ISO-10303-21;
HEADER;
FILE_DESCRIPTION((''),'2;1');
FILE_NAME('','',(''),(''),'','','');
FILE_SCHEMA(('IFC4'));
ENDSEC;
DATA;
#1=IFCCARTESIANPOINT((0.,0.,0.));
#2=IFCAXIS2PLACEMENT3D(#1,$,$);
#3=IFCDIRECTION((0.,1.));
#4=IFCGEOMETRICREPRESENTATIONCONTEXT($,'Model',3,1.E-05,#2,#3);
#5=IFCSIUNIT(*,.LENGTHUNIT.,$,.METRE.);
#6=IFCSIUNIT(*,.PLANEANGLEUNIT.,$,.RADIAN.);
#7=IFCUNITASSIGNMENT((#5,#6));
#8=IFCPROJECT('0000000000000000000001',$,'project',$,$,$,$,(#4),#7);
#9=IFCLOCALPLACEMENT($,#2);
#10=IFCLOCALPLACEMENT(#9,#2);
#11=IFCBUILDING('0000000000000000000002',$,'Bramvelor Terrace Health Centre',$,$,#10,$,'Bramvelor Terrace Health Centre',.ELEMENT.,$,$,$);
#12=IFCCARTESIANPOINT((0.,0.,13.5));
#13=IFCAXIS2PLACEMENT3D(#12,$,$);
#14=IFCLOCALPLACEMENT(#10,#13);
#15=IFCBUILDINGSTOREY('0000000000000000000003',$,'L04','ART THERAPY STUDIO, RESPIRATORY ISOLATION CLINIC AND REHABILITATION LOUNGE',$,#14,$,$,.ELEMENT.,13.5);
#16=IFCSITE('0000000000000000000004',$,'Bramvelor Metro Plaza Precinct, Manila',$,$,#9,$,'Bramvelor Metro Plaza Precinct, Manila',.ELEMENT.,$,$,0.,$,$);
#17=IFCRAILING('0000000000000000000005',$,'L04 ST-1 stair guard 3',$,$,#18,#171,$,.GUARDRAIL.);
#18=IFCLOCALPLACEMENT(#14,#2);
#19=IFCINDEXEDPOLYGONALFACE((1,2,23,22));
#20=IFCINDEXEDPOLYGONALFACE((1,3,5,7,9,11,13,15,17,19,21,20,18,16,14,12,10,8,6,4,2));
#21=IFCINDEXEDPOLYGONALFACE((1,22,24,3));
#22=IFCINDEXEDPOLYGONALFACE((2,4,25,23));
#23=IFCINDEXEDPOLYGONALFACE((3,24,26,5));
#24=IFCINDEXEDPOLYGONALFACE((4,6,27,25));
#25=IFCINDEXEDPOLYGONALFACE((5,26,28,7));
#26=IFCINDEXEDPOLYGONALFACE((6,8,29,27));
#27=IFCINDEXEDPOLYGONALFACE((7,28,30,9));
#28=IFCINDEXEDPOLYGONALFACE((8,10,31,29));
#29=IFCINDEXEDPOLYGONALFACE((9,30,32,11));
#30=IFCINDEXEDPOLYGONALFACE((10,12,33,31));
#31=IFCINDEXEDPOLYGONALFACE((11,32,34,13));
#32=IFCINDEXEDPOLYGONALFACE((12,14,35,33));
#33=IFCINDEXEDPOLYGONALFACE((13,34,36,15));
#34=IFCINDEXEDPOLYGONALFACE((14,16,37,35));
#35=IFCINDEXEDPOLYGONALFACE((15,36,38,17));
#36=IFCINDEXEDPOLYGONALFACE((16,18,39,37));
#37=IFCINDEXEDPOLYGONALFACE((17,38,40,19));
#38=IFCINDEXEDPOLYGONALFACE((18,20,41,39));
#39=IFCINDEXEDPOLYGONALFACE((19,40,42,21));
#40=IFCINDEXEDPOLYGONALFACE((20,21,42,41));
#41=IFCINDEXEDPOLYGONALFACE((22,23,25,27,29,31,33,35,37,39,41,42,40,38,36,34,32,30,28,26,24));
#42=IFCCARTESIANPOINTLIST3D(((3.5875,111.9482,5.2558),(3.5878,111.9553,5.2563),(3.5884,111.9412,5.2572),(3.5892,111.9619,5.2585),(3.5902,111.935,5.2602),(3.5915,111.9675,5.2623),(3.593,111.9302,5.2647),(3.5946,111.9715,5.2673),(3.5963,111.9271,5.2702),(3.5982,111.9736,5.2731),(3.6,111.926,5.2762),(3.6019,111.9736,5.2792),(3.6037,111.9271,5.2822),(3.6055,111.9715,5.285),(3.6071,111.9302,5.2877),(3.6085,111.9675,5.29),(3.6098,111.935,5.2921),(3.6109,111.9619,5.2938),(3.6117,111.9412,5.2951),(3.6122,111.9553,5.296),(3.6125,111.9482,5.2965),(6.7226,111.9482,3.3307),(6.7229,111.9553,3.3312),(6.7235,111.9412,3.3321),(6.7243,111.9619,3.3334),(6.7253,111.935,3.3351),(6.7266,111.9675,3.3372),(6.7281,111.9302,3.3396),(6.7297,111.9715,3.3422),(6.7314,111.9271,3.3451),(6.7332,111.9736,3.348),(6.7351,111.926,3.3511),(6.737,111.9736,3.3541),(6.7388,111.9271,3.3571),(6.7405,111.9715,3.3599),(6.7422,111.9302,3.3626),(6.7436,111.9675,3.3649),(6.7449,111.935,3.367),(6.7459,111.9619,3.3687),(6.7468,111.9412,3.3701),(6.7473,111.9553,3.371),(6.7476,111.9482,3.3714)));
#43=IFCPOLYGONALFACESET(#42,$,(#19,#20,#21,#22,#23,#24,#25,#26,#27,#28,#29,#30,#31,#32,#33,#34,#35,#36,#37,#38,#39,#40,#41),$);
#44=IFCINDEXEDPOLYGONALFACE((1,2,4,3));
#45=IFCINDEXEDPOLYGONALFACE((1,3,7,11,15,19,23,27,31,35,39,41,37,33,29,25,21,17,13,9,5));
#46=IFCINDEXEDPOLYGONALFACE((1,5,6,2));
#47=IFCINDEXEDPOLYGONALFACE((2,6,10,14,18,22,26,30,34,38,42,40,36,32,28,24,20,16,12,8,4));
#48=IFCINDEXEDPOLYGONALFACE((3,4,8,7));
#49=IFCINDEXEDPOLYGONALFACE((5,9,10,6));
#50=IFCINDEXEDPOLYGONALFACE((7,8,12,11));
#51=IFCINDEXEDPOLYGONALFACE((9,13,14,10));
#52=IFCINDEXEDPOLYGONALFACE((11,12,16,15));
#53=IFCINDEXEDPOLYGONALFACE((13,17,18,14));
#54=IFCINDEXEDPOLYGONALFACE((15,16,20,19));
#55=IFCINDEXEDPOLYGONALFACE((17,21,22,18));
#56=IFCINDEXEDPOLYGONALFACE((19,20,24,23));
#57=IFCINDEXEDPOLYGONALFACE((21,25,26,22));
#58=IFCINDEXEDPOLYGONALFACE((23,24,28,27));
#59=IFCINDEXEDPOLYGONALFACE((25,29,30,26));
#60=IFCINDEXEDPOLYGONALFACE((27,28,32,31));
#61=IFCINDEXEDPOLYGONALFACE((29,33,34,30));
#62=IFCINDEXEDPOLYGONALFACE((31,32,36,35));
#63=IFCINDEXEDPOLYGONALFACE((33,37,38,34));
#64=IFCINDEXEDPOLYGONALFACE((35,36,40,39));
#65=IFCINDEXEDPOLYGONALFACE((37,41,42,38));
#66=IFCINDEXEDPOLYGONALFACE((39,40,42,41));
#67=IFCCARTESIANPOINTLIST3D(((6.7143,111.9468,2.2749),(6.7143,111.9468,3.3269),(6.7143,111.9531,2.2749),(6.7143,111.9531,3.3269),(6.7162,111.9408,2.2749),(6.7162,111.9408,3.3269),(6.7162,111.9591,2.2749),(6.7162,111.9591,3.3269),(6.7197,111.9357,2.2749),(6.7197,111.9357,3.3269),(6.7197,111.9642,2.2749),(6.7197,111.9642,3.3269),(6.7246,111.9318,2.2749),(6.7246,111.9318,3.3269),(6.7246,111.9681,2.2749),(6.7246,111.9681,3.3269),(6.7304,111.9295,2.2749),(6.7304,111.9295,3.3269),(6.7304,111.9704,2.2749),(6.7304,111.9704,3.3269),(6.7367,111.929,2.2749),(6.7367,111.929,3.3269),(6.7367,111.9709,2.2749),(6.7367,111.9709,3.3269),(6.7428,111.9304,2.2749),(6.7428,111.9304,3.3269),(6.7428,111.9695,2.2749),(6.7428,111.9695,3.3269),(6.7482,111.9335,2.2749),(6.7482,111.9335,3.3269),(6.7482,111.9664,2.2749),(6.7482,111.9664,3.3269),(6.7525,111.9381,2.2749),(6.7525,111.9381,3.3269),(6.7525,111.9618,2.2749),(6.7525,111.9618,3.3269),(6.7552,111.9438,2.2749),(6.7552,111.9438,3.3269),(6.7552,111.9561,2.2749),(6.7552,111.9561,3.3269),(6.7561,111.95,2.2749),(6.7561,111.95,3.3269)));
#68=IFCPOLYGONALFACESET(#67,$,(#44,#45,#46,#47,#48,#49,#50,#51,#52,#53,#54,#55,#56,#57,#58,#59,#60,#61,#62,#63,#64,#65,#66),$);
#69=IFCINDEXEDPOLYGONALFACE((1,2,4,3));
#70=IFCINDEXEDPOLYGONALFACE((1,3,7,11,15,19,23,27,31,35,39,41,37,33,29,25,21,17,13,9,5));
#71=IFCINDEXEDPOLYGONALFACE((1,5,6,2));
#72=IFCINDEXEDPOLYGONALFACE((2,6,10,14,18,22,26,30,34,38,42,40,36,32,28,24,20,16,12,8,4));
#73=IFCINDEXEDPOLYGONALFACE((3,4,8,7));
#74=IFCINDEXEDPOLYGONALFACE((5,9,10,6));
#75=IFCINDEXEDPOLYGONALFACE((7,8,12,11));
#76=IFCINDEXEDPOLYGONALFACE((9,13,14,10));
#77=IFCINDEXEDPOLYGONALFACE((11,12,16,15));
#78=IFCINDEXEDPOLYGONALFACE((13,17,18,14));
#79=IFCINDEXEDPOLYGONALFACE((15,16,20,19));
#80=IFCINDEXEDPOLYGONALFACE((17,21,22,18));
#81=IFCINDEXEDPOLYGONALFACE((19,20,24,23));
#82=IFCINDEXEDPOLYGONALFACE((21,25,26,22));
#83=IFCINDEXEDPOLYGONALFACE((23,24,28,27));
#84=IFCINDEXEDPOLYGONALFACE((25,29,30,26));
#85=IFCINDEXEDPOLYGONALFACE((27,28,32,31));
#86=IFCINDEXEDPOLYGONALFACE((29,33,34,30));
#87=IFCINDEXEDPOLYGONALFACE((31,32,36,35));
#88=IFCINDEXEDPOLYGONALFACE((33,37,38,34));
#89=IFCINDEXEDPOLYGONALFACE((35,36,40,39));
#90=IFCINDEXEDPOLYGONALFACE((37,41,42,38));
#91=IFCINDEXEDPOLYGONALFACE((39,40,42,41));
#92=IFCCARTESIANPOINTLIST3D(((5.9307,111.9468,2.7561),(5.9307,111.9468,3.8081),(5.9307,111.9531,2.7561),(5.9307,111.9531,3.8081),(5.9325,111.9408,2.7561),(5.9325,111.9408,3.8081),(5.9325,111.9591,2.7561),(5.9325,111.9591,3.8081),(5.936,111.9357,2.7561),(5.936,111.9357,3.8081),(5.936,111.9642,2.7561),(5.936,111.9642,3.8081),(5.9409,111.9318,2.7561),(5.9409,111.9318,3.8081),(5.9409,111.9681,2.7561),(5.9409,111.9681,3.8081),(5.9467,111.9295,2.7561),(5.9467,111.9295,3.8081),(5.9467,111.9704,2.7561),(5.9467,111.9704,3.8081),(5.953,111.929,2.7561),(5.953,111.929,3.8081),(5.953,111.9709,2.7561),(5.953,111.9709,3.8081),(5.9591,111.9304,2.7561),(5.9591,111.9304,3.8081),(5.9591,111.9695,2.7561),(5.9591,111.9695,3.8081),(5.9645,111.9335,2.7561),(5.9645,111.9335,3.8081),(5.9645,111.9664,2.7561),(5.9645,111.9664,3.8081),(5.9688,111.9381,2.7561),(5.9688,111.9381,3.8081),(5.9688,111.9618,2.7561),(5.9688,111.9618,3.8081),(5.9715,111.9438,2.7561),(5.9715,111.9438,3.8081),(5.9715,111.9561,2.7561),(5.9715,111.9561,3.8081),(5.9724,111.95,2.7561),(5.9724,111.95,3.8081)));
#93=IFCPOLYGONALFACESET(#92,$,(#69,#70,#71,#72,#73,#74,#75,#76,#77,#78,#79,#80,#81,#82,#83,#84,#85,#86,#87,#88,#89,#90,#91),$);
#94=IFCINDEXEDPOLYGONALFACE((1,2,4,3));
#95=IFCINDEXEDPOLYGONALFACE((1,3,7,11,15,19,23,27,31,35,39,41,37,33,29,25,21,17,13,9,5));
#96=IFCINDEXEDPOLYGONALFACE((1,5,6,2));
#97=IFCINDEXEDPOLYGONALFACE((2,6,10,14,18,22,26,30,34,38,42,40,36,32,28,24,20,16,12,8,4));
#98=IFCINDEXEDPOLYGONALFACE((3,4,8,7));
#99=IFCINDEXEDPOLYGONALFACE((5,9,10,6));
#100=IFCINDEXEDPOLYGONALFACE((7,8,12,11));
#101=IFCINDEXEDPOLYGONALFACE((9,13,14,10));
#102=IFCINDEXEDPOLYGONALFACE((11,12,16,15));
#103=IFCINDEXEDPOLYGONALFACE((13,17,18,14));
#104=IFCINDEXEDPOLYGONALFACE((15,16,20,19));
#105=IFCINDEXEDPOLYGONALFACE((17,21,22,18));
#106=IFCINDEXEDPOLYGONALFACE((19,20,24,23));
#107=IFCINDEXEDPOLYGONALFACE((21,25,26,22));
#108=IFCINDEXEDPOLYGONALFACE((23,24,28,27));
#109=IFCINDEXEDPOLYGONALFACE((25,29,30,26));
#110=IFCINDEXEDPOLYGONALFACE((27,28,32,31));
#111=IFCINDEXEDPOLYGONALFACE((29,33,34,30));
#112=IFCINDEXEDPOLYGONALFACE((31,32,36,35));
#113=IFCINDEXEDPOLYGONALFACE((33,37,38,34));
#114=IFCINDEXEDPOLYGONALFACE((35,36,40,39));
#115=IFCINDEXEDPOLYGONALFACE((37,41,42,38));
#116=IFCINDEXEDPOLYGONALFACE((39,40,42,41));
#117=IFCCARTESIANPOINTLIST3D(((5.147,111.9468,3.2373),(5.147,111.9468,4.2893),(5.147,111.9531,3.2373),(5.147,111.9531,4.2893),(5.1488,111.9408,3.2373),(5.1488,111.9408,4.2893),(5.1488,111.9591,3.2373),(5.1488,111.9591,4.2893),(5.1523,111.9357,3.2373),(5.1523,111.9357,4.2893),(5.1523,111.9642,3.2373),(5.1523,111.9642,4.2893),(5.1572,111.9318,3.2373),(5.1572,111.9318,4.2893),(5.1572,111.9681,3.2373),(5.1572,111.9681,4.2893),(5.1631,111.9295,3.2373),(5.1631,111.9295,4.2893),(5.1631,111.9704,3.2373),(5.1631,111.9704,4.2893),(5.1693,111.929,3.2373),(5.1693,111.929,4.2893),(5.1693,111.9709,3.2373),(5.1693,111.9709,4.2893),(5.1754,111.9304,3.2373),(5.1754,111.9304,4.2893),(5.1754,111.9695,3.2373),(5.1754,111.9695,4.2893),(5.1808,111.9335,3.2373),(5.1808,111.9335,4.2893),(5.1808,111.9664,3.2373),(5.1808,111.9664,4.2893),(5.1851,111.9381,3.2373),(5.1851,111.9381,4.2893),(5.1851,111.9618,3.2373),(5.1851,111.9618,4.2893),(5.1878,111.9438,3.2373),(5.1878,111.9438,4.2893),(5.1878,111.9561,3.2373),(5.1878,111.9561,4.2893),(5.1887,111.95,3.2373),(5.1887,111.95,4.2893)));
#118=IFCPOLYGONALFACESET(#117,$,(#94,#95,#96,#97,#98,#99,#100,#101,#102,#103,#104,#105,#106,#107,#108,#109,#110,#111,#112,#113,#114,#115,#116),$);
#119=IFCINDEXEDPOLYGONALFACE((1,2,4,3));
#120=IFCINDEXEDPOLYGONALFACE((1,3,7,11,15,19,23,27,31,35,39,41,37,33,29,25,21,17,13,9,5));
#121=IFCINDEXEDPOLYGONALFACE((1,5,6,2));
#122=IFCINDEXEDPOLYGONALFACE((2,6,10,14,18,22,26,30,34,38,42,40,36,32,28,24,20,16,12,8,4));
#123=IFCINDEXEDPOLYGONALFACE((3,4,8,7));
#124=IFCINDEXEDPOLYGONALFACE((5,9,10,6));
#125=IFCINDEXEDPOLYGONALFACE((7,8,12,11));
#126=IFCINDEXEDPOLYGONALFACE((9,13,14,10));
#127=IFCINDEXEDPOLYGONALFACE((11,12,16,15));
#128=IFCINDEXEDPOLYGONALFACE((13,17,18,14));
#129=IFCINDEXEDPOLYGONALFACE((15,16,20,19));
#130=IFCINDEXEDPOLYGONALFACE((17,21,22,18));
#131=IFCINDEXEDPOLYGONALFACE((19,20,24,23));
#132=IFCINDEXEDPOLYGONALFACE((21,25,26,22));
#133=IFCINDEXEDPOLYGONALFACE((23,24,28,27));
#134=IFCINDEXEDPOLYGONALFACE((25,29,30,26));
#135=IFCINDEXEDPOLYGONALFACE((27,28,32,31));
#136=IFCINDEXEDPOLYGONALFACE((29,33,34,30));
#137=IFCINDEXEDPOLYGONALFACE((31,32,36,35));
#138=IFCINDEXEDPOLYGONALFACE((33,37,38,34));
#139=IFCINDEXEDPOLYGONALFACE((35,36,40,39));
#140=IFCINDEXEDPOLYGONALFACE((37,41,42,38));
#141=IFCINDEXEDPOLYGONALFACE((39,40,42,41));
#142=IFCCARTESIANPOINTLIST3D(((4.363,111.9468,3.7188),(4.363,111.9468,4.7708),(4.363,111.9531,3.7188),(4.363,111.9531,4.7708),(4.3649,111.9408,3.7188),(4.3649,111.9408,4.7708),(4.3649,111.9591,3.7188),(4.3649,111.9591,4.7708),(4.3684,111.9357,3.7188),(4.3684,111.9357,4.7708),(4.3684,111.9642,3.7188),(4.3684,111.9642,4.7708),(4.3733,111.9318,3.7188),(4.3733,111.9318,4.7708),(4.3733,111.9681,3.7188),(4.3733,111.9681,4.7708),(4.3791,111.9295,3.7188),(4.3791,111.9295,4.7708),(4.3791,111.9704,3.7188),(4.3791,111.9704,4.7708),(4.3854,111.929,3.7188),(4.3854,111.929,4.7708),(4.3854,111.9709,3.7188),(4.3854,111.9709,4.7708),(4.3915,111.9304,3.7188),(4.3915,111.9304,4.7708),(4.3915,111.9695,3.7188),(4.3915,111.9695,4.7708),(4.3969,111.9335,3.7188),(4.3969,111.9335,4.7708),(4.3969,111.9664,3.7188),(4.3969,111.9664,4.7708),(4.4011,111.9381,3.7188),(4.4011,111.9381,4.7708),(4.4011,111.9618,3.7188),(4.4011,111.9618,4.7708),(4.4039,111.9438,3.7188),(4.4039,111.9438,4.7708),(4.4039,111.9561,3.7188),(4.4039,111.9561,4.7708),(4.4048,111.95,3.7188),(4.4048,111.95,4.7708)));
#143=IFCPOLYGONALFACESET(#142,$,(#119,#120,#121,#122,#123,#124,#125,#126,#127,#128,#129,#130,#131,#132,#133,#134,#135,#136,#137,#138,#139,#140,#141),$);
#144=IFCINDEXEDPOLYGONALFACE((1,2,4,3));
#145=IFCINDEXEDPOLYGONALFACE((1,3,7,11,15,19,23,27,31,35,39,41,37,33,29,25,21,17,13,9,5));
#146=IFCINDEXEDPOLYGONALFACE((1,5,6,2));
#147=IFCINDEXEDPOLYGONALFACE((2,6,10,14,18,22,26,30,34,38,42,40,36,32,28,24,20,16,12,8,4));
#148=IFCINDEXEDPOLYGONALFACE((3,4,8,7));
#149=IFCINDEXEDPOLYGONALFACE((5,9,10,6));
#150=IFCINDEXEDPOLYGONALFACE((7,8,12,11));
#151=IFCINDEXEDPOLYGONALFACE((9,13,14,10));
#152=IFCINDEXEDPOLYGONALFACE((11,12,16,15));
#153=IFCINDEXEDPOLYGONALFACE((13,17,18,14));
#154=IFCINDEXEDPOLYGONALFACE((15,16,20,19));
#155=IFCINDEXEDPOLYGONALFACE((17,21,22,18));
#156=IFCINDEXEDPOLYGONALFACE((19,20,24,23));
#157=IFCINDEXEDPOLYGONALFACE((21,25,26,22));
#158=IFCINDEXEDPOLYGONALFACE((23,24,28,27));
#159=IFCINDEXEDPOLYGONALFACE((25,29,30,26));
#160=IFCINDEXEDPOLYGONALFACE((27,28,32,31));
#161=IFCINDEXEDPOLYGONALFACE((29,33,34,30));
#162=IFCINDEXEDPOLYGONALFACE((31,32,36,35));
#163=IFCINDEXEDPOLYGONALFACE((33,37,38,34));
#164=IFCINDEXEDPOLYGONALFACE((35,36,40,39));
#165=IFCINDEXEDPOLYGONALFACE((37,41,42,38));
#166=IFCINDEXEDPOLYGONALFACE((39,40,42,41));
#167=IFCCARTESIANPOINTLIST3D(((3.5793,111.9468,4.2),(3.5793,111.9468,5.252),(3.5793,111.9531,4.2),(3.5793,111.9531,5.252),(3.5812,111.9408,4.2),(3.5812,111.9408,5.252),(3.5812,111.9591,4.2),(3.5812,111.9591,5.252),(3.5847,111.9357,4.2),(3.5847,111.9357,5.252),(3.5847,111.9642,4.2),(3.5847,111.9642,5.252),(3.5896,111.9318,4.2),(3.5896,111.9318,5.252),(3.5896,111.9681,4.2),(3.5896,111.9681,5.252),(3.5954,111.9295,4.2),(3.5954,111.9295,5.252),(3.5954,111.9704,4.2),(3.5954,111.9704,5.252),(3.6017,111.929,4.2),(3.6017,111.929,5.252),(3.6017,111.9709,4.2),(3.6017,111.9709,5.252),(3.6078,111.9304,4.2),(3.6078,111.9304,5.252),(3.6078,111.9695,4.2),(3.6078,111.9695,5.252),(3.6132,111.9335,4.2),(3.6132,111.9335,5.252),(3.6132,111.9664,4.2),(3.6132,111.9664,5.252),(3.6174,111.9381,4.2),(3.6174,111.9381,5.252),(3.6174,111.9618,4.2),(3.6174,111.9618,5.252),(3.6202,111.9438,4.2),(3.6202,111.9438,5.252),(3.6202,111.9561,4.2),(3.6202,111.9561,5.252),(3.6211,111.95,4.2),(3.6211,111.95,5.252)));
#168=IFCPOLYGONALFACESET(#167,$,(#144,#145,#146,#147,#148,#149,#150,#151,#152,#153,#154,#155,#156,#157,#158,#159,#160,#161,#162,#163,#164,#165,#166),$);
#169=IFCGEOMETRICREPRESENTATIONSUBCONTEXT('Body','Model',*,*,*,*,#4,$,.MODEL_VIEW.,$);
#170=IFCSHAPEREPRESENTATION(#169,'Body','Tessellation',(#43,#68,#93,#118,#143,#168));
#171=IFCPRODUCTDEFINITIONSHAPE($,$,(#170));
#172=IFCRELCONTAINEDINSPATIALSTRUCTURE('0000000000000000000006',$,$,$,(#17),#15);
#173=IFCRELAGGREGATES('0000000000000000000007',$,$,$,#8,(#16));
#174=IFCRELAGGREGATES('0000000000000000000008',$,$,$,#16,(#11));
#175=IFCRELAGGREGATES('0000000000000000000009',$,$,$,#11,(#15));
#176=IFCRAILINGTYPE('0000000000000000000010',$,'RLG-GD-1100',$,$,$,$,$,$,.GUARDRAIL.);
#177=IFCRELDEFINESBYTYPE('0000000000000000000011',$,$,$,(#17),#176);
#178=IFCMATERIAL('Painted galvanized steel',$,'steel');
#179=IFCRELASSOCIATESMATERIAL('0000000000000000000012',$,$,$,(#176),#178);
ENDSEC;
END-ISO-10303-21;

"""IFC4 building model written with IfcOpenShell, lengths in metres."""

from ifc_helpers import new_model, si_unit, direction, frame, origin, origin_2d, place, context, subcontext, project, spatial, circle, extrude, material, type_object, element, save


model = new_model("IFC4")

# Units and contexts
model_context = context("Model", 3, precision=1e-05, world=origin(), true_north=direction((0.0, 1.0)))
body_context = subcontext(model_context, "Body", "Model", "MODEL_VIEW")
ifc_project = project(units=[si_unit("LENGTHUNIT", "METRE"), si_unit("PLANEANGLEUNIT", "RADIAN")], contexts=[model_context])

# Site, building, storey
site_placement = place(None, origin())
site = spatial("IfcSite", under=ifc_project, at=site_placement, Name="Bramvelor Metro Plaza Precinct, Manila", LongName="Bramvelor Metro Plaza Precinct, Manila", CompositionType="ELEMENT", RefElevation=0.0)
building_placement = place(site_placement, origin())
building = spatial("IfcBuilding", under=site, at=building_placement, Name="Bramvelor Terrace Health Centre", LongName="Bramvelor Terrace Health Centre", CompositionType="ELEMENT")
storey_placement = place(building_placement, frame((0.0, 0.0, 13.5)))
storey = spatial("IfcBuildingStorey", under=building, at=storey_placement, Name="L04", Description="ART THERAPY STUDIO, RESPIRATORY ISOLATION CLINIC AND REHABILITATION LOUNGE", CompositionType="ELEMENT", Elevation=13.5)

# Railing
ifc_material_1 = material(Name="Painted galvanized steel", Category="steel")
railing_type_1 = type_object("IfcRailingType", Name="RLG-GD-1100", PredefinedType="GUARDRAIL", material=ifc_material_1)
railing_1_placement = place(storey_placement, frame((6.7351, 111.95, 2.2749)))
element("IfcRailing", 1, at=railing_1_placement, inside=storey, type_object=railing_type_1, Name="L04 ST-1 stair guard 3", PredefinedType="GUARDRAIL", context=body_context, shape_type="SweptSolid", body=[
    extrude(circle(Radius=0.0239, at=origin_2d()), frame((0.0, 0.0, 1.0762), z_axis=(-0.852166, 0.0, 0.523271), x_axis=(0.0, -1.0, 0.0)), (0.0, 0.0, 1.0), 3.679),
    extrude(circle(Radius=0.021, at=origin_2d()), origin(), (0.0, 0.0, 1.0), 1.052),
    extrude(circle(Radius=0.021, at=origin_2d()), frame((-0.7837, 0.0, 0.4812)), (0.0, 0.0, 1.0), 1.052),
    extrude(circle(Radius=0.021, at=origin_2d()), frame((-1.5674, 0.0, 0.9624)), (0.0, 0.0, 1.0), 1.052),
    extrude(circle(Radius=0.021, at=origin_2d()), frame((-2.3513, 0.0, 1.4438)), (0.0, 0.0, 1.0), 1.052),
    extrude(circle(Radius=0.021, at=origin_2d()), frame((-3.135, 0.0, 1.925)), (0.0, 0.0, 1.0), 1.052),
])

save(model, "model.ifc")
